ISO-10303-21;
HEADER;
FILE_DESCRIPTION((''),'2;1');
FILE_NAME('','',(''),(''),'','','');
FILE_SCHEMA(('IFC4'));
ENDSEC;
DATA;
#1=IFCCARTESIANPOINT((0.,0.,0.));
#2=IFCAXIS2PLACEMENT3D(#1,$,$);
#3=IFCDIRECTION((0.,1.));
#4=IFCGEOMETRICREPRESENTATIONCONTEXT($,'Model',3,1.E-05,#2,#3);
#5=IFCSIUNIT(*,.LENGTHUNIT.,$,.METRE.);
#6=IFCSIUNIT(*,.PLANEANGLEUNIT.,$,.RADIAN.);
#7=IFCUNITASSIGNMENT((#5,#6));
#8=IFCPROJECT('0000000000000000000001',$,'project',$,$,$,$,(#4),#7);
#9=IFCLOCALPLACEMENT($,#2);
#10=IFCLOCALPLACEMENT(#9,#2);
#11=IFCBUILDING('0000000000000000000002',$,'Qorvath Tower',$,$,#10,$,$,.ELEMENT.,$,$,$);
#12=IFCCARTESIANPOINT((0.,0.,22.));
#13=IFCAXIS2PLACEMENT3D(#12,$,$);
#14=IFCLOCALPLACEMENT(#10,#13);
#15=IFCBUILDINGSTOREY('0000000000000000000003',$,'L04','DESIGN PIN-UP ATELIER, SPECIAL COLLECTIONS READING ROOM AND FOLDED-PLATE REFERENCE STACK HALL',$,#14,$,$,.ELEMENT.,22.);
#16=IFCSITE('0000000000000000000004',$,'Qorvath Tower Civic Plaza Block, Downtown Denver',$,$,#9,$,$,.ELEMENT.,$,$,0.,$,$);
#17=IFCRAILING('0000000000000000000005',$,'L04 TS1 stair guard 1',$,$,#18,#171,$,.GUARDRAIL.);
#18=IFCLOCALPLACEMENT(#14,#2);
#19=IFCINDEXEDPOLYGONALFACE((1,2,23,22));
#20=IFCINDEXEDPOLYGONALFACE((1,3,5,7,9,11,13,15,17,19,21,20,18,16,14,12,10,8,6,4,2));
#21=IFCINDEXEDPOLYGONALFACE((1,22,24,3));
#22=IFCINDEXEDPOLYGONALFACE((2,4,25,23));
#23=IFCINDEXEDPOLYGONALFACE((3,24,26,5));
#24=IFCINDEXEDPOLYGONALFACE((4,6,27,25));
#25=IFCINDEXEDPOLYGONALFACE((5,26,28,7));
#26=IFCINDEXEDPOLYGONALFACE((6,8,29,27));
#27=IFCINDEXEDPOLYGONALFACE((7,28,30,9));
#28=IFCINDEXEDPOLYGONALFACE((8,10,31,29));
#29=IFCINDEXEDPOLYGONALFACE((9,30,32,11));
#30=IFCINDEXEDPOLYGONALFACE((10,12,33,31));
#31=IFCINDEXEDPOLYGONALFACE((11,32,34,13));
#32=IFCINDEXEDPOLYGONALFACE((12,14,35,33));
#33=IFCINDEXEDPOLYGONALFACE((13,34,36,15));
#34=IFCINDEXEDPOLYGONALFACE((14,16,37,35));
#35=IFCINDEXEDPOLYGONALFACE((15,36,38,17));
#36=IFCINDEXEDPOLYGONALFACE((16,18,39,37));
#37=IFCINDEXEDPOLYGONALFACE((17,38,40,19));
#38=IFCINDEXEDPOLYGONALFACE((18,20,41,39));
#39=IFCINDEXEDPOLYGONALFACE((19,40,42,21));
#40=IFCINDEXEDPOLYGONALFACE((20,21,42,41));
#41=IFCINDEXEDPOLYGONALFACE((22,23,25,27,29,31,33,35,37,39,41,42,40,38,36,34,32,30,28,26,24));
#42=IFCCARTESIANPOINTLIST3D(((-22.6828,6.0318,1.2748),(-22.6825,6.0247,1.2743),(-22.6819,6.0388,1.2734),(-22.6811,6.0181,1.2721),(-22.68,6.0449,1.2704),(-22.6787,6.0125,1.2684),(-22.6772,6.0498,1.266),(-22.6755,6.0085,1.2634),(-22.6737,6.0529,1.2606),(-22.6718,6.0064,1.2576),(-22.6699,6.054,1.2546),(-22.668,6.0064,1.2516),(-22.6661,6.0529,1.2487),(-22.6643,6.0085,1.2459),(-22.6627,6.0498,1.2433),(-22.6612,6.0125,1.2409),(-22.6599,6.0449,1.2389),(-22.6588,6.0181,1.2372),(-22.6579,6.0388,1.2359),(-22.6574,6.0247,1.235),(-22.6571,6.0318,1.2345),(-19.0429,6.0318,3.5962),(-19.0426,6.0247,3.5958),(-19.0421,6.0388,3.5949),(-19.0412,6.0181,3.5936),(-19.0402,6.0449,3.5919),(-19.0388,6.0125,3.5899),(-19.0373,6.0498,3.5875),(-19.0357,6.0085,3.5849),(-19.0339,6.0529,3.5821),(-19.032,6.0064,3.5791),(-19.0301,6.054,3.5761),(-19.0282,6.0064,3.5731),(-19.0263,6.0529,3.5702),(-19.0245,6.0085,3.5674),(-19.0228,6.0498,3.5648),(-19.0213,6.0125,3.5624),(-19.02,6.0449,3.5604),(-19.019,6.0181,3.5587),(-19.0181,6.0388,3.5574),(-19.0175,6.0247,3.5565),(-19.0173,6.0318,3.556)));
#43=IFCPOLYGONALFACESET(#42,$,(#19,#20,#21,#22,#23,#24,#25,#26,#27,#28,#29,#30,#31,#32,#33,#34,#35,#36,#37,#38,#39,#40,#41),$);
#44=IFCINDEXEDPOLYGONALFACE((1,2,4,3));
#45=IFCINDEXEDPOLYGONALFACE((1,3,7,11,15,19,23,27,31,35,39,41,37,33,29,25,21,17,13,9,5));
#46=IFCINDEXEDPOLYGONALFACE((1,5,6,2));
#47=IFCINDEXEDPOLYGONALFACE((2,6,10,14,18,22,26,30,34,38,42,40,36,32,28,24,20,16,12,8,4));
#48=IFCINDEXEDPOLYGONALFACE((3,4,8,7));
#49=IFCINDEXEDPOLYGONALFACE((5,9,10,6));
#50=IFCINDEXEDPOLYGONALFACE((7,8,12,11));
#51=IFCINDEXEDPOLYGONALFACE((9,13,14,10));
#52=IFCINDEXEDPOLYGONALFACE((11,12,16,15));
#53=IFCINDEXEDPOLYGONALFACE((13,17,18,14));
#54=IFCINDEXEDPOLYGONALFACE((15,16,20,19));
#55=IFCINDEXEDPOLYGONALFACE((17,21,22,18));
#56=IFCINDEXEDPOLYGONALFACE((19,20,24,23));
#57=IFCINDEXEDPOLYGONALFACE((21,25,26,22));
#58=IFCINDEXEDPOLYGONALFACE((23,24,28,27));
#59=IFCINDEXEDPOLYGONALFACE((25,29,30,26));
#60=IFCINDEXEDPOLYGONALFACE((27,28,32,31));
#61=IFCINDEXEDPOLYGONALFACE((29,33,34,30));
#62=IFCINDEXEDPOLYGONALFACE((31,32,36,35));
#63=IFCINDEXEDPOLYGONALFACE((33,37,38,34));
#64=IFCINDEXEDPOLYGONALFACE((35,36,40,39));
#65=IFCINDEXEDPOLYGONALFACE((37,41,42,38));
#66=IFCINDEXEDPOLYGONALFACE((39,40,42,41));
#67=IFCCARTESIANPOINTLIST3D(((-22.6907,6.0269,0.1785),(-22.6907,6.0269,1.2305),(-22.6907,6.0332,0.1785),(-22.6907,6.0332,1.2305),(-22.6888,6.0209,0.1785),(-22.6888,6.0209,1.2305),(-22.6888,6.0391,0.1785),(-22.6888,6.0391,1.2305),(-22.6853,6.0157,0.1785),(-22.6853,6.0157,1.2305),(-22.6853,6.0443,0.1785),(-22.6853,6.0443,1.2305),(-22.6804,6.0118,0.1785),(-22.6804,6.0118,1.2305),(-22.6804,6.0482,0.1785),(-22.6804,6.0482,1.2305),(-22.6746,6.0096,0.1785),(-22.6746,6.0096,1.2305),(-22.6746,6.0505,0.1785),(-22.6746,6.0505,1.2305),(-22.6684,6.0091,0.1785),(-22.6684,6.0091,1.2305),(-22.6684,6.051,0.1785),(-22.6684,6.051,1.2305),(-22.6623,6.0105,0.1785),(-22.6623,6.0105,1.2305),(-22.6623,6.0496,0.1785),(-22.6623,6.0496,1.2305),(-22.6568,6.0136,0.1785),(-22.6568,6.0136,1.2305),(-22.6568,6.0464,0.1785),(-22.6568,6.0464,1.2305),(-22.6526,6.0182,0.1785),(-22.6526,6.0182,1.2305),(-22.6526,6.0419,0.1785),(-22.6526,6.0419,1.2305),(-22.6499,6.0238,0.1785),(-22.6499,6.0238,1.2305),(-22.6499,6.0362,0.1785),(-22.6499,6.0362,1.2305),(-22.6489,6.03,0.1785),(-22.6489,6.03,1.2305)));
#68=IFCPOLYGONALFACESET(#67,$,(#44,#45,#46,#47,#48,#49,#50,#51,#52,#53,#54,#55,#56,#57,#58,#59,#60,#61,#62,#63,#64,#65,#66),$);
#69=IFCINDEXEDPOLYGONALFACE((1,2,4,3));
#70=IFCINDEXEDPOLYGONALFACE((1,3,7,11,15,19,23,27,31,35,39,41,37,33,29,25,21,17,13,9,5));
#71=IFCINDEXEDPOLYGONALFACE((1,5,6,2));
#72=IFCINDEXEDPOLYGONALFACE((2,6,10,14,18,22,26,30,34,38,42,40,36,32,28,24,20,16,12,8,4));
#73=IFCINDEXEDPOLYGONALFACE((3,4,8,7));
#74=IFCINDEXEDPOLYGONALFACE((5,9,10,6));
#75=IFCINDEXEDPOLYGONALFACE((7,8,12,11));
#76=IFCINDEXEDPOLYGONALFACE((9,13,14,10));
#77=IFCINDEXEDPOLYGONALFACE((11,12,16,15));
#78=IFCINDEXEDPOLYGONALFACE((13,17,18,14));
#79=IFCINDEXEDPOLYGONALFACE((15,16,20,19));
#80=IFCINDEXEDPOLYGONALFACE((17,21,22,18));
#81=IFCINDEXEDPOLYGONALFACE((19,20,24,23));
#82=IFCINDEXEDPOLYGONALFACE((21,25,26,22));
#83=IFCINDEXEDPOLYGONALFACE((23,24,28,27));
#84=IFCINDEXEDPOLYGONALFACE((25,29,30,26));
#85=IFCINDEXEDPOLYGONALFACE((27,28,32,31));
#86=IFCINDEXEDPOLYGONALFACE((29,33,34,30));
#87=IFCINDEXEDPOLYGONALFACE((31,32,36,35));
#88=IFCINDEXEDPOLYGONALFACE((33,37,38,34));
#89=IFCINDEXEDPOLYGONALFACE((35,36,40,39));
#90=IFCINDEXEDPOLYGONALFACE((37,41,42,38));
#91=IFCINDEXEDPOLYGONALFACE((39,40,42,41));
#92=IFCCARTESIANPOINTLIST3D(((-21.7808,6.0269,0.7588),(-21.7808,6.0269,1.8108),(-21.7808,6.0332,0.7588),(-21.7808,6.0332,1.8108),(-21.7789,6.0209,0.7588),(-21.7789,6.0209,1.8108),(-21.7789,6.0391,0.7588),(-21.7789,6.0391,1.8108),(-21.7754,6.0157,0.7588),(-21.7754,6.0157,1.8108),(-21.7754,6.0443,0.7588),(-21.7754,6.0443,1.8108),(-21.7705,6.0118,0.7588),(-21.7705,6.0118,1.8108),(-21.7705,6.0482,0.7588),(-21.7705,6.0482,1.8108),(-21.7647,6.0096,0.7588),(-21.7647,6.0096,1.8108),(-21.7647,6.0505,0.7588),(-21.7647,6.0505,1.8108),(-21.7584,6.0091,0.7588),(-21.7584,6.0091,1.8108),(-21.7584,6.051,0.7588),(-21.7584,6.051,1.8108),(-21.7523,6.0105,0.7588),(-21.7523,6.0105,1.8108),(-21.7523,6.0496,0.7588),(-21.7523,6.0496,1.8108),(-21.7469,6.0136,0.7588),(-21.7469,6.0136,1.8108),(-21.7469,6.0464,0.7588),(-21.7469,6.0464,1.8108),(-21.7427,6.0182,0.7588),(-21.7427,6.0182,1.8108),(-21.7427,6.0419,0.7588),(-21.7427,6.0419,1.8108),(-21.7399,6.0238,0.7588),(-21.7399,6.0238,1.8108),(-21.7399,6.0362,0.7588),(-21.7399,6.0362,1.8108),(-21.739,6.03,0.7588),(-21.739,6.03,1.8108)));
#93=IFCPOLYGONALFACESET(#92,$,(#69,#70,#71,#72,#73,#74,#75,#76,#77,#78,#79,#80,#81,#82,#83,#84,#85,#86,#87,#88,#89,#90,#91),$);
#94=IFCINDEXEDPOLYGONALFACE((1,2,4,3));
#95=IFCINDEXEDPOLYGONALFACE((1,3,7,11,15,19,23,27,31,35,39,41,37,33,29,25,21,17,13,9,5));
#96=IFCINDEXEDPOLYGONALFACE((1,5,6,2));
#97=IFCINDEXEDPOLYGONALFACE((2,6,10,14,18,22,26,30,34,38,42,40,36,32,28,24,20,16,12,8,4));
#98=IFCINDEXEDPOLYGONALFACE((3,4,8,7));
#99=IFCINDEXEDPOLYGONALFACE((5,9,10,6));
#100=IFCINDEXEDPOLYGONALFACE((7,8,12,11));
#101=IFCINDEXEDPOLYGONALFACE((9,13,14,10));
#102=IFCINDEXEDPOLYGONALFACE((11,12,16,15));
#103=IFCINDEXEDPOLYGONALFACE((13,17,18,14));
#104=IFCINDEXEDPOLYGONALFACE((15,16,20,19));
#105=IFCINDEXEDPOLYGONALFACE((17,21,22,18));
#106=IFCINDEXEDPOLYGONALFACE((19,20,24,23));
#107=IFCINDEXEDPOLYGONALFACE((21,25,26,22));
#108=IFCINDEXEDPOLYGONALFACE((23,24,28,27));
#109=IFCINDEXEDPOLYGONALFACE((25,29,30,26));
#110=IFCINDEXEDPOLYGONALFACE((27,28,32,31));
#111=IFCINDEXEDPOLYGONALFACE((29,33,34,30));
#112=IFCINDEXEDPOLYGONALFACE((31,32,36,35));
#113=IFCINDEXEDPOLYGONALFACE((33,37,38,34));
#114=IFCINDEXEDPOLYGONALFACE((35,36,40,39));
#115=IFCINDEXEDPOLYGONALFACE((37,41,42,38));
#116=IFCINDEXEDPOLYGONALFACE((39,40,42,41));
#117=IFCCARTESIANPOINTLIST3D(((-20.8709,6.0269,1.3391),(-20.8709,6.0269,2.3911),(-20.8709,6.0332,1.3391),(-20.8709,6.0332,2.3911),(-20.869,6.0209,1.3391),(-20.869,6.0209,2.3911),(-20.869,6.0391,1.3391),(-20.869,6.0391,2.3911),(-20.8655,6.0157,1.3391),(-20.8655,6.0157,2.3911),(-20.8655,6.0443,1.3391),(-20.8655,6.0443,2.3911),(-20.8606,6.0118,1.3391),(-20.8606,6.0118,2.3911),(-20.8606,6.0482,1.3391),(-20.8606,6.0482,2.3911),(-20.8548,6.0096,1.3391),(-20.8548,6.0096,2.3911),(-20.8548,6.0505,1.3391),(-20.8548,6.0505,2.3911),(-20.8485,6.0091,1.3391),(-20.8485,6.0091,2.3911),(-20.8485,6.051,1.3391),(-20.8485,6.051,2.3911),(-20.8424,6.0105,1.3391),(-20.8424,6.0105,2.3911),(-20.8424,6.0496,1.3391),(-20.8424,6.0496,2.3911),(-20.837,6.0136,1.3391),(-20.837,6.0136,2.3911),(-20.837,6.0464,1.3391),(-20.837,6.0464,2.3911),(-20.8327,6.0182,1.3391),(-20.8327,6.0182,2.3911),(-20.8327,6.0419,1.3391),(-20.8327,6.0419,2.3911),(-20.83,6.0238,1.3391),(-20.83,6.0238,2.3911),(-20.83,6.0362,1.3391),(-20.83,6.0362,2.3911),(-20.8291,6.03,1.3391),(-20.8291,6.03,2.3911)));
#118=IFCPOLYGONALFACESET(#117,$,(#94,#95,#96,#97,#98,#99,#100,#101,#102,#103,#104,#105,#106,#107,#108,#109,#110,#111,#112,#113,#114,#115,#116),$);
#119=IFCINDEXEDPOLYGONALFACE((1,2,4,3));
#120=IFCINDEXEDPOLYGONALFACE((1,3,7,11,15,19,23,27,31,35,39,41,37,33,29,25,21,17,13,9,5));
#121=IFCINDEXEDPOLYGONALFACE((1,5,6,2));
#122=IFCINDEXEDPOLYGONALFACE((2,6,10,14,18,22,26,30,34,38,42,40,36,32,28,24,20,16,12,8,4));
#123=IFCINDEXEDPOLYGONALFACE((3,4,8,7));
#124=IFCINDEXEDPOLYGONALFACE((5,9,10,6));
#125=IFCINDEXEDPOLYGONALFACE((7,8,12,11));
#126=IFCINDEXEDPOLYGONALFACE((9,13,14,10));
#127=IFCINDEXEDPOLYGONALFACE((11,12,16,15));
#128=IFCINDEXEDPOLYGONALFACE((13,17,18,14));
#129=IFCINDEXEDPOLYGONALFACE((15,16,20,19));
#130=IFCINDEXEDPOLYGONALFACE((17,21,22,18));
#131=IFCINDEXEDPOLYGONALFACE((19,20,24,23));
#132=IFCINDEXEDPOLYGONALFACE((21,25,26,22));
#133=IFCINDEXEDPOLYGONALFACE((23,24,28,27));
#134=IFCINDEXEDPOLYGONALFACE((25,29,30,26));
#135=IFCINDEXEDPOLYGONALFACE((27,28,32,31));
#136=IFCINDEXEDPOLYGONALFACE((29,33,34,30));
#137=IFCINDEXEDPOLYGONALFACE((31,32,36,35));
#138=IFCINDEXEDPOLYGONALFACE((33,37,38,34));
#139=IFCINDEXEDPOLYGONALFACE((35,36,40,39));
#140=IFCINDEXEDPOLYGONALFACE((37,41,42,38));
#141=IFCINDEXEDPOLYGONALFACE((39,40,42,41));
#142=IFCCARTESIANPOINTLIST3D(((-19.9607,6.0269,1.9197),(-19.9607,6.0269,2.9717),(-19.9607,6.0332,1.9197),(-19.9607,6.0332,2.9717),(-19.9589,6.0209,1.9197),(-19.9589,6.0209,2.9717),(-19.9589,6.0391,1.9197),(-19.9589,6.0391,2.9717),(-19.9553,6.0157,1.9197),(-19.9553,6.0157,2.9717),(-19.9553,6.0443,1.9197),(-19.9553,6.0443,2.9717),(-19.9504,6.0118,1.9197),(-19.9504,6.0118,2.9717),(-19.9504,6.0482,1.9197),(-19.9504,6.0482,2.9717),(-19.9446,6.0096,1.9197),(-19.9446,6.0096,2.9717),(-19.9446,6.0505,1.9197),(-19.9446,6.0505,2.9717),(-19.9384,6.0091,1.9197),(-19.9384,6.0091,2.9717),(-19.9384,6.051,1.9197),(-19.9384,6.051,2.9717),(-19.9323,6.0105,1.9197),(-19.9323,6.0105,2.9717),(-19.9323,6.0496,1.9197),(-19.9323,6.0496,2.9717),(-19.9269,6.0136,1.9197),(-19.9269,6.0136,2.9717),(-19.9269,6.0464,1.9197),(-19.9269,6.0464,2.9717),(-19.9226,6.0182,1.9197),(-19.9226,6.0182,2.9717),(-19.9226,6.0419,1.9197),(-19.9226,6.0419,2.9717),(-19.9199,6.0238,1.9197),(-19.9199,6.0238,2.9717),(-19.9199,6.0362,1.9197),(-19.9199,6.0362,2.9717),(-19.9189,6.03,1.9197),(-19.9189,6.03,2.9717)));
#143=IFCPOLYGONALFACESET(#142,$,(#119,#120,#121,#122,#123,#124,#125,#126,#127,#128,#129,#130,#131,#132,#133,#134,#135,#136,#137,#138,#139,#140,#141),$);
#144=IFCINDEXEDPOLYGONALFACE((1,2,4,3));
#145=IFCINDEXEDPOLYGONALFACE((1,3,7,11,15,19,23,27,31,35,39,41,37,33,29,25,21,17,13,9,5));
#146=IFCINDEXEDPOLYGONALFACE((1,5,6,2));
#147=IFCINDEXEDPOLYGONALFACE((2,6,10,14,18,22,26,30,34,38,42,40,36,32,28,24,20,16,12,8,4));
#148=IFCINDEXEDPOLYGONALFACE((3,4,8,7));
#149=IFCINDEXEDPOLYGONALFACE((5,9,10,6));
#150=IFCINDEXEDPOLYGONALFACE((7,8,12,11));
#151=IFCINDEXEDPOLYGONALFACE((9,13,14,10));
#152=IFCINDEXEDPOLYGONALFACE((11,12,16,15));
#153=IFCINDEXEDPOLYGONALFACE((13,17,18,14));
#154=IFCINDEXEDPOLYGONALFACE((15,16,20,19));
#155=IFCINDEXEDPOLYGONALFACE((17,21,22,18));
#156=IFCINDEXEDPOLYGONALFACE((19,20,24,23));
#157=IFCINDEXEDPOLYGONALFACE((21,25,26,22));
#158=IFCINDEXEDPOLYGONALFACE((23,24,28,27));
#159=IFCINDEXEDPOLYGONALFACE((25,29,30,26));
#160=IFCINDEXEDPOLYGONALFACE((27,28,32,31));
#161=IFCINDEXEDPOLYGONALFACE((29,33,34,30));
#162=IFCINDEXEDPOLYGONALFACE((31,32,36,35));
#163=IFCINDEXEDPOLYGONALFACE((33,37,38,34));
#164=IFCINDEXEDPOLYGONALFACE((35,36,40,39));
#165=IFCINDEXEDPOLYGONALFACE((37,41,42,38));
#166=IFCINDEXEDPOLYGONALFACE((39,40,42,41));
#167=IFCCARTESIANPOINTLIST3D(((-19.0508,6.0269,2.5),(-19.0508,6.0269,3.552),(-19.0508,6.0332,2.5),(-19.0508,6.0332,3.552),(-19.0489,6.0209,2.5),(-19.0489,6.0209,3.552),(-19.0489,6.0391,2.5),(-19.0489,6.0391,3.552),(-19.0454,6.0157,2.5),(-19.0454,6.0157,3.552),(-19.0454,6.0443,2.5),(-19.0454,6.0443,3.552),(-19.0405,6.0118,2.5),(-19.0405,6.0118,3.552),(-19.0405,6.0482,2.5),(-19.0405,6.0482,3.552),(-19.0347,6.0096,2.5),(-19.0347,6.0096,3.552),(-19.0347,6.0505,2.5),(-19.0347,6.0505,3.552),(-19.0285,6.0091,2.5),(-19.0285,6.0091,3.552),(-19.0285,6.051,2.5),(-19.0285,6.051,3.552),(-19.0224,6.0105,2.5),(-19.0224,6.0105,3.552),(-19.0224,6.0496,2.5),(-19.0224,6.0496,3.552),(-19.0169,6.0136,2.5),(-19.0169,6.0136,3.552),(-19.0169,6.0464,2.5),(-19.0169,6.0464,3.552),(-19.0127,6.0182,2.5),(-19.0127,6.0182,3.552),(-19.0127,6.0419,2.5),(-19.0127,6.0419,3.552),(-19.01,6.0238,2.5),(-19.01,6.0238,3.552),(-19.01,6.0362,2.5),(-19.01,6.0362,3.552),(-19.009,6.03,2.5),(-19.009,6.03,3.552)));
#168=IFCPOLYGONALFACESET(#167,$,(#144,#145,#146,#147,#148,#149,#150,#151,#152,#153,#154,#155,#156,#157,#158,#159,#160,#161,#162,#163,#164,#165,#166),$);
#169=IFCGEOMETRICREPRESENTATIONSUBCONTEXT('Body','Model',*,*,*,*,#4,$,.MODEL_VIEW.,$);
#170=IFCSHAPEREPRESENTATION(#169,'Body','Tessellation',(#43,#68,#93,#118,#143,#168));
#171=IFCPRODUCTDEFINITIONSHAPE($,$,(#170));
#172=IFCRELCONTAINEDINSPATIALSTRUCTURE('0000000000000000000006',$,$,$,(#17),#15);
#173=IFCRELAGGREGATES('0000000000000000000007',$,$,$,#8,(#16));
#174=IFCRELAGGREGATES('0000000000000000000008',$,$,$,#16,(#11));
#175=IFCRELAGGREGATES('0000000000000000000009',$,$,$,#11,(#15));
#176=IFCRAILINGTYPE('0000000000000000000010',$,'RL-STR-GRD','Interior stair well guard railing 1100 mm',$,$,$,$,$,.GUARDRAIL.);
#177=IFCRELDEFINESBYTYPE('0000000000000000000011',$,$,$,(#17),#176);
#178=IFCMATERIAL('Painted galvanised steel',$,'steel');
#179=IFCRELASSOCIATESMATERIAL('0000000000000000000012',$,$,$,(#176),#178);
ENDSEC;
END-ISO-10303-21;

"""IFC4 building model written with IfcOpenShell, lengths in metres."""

from ifc_helpers import new_model, si_unit, direction, frame, origin, origin_2d, place, context, subcontext, project, spatial, circle, extrude, material, type_object, element, save


model = new_model("IFC4")

# Units and contexts
model_context = context("Model", 3, precision=1e-05, world=origin(), true_north=direction((0.0, 1.0)))
body_context = subcontext(model_context, "Body", "Model", "MODEL_VIEW")
ifc_project = project(units=[si_unit("LENGTHUNIT", "METRE"), si_unit("PLANEANGLEUNIT", "RADIAN")], contexts=[model_context])

# Site, building, storey
site_placement = place(None, origin())
site = spatial("IfcSite", under=ifc_project, at=site_placement, Name="Qorvath Tower Civic Plaza Block, Downtown Denver", CompositionType="ELEMENT", RefElevation=0.0)
building_placement = place(site_placement, origin())
building = spatial("IfcBuilding", under=site, at=building_placement, Name="Qorvath Tower", CompositionType="ELEMENT")
storey_placement = place(building_placement, frame((0.0, 0.0, 22.0)))
storey = spatial("IfcBuildingStorey", under=building, at=storey_placement, Name="L04", Description="DESIGN PIN-UP ATELIER, SPECIAL COLLECTIONS READING ROOM AND FOLDED-PLATE REFERENCE STACK HALL", CompositionType="ELEMENT", Elevation=22.0)

# Railing
ifc_material_1 = material(Name="Painted galvanised steel", Category="steel")
railing_type_1 = type_object("IfcRailingType", Name="RL-STR-GRD", Description="Interior stair well guard railing 1100 mm", PredefinedType="GUARDRAIL", material=ifc_material_1)
railing_1_placement = place(storey_placement, frame((-22.6699, 6.03, 0.1785)))
element("IfcRailing", 1, at=railing_1_placement, inside=storey, type_object=railing_type_1, Name="L04 TS1 stair guard 1", PredefinedType="GUARDRAIL", context=body_context, shape_type="SweptSolid", body=[
    extrude(circle(Radius=0.0239, at=origin_2d()), frame((0.0, 0.0, 1.0762), z_axis=(0.843112, 0.0, 0.537739), x_axis=(0.0, 1.0, 0.0)), (0.0, 0.0, 1.0), 4.3171),
    extrude(circle(Radius=0.021, at=origin_2d()), origin(), (0.0, 0.0, 1.0), 1.052),
    extrude(circle(Radius=0.021, at=origin_2d()), frame((0.9099, 0.0, 0.5803)), (0.0, 0.0, 1.0), 1.052),
    extrude(circle(Radius=0.021, at=origin_2d()), frame((1.8198, 0.0, 1.1606)), (0.0, 0.0, 1.0), 1.052),
    extrude(circle(Radius=0.021, at=origin_2d()), frame((2.73, 0.0, 1.7412)), (0.0, 0.0, 1.0), 1.052),
    extrude(circle(Radius=0.021, at=origin_2d()), frame((3.6399, 0.0, 2.3215)), (0.0, 0.0, 1.0), 1.052),
])

save(model, "model.ifc")
